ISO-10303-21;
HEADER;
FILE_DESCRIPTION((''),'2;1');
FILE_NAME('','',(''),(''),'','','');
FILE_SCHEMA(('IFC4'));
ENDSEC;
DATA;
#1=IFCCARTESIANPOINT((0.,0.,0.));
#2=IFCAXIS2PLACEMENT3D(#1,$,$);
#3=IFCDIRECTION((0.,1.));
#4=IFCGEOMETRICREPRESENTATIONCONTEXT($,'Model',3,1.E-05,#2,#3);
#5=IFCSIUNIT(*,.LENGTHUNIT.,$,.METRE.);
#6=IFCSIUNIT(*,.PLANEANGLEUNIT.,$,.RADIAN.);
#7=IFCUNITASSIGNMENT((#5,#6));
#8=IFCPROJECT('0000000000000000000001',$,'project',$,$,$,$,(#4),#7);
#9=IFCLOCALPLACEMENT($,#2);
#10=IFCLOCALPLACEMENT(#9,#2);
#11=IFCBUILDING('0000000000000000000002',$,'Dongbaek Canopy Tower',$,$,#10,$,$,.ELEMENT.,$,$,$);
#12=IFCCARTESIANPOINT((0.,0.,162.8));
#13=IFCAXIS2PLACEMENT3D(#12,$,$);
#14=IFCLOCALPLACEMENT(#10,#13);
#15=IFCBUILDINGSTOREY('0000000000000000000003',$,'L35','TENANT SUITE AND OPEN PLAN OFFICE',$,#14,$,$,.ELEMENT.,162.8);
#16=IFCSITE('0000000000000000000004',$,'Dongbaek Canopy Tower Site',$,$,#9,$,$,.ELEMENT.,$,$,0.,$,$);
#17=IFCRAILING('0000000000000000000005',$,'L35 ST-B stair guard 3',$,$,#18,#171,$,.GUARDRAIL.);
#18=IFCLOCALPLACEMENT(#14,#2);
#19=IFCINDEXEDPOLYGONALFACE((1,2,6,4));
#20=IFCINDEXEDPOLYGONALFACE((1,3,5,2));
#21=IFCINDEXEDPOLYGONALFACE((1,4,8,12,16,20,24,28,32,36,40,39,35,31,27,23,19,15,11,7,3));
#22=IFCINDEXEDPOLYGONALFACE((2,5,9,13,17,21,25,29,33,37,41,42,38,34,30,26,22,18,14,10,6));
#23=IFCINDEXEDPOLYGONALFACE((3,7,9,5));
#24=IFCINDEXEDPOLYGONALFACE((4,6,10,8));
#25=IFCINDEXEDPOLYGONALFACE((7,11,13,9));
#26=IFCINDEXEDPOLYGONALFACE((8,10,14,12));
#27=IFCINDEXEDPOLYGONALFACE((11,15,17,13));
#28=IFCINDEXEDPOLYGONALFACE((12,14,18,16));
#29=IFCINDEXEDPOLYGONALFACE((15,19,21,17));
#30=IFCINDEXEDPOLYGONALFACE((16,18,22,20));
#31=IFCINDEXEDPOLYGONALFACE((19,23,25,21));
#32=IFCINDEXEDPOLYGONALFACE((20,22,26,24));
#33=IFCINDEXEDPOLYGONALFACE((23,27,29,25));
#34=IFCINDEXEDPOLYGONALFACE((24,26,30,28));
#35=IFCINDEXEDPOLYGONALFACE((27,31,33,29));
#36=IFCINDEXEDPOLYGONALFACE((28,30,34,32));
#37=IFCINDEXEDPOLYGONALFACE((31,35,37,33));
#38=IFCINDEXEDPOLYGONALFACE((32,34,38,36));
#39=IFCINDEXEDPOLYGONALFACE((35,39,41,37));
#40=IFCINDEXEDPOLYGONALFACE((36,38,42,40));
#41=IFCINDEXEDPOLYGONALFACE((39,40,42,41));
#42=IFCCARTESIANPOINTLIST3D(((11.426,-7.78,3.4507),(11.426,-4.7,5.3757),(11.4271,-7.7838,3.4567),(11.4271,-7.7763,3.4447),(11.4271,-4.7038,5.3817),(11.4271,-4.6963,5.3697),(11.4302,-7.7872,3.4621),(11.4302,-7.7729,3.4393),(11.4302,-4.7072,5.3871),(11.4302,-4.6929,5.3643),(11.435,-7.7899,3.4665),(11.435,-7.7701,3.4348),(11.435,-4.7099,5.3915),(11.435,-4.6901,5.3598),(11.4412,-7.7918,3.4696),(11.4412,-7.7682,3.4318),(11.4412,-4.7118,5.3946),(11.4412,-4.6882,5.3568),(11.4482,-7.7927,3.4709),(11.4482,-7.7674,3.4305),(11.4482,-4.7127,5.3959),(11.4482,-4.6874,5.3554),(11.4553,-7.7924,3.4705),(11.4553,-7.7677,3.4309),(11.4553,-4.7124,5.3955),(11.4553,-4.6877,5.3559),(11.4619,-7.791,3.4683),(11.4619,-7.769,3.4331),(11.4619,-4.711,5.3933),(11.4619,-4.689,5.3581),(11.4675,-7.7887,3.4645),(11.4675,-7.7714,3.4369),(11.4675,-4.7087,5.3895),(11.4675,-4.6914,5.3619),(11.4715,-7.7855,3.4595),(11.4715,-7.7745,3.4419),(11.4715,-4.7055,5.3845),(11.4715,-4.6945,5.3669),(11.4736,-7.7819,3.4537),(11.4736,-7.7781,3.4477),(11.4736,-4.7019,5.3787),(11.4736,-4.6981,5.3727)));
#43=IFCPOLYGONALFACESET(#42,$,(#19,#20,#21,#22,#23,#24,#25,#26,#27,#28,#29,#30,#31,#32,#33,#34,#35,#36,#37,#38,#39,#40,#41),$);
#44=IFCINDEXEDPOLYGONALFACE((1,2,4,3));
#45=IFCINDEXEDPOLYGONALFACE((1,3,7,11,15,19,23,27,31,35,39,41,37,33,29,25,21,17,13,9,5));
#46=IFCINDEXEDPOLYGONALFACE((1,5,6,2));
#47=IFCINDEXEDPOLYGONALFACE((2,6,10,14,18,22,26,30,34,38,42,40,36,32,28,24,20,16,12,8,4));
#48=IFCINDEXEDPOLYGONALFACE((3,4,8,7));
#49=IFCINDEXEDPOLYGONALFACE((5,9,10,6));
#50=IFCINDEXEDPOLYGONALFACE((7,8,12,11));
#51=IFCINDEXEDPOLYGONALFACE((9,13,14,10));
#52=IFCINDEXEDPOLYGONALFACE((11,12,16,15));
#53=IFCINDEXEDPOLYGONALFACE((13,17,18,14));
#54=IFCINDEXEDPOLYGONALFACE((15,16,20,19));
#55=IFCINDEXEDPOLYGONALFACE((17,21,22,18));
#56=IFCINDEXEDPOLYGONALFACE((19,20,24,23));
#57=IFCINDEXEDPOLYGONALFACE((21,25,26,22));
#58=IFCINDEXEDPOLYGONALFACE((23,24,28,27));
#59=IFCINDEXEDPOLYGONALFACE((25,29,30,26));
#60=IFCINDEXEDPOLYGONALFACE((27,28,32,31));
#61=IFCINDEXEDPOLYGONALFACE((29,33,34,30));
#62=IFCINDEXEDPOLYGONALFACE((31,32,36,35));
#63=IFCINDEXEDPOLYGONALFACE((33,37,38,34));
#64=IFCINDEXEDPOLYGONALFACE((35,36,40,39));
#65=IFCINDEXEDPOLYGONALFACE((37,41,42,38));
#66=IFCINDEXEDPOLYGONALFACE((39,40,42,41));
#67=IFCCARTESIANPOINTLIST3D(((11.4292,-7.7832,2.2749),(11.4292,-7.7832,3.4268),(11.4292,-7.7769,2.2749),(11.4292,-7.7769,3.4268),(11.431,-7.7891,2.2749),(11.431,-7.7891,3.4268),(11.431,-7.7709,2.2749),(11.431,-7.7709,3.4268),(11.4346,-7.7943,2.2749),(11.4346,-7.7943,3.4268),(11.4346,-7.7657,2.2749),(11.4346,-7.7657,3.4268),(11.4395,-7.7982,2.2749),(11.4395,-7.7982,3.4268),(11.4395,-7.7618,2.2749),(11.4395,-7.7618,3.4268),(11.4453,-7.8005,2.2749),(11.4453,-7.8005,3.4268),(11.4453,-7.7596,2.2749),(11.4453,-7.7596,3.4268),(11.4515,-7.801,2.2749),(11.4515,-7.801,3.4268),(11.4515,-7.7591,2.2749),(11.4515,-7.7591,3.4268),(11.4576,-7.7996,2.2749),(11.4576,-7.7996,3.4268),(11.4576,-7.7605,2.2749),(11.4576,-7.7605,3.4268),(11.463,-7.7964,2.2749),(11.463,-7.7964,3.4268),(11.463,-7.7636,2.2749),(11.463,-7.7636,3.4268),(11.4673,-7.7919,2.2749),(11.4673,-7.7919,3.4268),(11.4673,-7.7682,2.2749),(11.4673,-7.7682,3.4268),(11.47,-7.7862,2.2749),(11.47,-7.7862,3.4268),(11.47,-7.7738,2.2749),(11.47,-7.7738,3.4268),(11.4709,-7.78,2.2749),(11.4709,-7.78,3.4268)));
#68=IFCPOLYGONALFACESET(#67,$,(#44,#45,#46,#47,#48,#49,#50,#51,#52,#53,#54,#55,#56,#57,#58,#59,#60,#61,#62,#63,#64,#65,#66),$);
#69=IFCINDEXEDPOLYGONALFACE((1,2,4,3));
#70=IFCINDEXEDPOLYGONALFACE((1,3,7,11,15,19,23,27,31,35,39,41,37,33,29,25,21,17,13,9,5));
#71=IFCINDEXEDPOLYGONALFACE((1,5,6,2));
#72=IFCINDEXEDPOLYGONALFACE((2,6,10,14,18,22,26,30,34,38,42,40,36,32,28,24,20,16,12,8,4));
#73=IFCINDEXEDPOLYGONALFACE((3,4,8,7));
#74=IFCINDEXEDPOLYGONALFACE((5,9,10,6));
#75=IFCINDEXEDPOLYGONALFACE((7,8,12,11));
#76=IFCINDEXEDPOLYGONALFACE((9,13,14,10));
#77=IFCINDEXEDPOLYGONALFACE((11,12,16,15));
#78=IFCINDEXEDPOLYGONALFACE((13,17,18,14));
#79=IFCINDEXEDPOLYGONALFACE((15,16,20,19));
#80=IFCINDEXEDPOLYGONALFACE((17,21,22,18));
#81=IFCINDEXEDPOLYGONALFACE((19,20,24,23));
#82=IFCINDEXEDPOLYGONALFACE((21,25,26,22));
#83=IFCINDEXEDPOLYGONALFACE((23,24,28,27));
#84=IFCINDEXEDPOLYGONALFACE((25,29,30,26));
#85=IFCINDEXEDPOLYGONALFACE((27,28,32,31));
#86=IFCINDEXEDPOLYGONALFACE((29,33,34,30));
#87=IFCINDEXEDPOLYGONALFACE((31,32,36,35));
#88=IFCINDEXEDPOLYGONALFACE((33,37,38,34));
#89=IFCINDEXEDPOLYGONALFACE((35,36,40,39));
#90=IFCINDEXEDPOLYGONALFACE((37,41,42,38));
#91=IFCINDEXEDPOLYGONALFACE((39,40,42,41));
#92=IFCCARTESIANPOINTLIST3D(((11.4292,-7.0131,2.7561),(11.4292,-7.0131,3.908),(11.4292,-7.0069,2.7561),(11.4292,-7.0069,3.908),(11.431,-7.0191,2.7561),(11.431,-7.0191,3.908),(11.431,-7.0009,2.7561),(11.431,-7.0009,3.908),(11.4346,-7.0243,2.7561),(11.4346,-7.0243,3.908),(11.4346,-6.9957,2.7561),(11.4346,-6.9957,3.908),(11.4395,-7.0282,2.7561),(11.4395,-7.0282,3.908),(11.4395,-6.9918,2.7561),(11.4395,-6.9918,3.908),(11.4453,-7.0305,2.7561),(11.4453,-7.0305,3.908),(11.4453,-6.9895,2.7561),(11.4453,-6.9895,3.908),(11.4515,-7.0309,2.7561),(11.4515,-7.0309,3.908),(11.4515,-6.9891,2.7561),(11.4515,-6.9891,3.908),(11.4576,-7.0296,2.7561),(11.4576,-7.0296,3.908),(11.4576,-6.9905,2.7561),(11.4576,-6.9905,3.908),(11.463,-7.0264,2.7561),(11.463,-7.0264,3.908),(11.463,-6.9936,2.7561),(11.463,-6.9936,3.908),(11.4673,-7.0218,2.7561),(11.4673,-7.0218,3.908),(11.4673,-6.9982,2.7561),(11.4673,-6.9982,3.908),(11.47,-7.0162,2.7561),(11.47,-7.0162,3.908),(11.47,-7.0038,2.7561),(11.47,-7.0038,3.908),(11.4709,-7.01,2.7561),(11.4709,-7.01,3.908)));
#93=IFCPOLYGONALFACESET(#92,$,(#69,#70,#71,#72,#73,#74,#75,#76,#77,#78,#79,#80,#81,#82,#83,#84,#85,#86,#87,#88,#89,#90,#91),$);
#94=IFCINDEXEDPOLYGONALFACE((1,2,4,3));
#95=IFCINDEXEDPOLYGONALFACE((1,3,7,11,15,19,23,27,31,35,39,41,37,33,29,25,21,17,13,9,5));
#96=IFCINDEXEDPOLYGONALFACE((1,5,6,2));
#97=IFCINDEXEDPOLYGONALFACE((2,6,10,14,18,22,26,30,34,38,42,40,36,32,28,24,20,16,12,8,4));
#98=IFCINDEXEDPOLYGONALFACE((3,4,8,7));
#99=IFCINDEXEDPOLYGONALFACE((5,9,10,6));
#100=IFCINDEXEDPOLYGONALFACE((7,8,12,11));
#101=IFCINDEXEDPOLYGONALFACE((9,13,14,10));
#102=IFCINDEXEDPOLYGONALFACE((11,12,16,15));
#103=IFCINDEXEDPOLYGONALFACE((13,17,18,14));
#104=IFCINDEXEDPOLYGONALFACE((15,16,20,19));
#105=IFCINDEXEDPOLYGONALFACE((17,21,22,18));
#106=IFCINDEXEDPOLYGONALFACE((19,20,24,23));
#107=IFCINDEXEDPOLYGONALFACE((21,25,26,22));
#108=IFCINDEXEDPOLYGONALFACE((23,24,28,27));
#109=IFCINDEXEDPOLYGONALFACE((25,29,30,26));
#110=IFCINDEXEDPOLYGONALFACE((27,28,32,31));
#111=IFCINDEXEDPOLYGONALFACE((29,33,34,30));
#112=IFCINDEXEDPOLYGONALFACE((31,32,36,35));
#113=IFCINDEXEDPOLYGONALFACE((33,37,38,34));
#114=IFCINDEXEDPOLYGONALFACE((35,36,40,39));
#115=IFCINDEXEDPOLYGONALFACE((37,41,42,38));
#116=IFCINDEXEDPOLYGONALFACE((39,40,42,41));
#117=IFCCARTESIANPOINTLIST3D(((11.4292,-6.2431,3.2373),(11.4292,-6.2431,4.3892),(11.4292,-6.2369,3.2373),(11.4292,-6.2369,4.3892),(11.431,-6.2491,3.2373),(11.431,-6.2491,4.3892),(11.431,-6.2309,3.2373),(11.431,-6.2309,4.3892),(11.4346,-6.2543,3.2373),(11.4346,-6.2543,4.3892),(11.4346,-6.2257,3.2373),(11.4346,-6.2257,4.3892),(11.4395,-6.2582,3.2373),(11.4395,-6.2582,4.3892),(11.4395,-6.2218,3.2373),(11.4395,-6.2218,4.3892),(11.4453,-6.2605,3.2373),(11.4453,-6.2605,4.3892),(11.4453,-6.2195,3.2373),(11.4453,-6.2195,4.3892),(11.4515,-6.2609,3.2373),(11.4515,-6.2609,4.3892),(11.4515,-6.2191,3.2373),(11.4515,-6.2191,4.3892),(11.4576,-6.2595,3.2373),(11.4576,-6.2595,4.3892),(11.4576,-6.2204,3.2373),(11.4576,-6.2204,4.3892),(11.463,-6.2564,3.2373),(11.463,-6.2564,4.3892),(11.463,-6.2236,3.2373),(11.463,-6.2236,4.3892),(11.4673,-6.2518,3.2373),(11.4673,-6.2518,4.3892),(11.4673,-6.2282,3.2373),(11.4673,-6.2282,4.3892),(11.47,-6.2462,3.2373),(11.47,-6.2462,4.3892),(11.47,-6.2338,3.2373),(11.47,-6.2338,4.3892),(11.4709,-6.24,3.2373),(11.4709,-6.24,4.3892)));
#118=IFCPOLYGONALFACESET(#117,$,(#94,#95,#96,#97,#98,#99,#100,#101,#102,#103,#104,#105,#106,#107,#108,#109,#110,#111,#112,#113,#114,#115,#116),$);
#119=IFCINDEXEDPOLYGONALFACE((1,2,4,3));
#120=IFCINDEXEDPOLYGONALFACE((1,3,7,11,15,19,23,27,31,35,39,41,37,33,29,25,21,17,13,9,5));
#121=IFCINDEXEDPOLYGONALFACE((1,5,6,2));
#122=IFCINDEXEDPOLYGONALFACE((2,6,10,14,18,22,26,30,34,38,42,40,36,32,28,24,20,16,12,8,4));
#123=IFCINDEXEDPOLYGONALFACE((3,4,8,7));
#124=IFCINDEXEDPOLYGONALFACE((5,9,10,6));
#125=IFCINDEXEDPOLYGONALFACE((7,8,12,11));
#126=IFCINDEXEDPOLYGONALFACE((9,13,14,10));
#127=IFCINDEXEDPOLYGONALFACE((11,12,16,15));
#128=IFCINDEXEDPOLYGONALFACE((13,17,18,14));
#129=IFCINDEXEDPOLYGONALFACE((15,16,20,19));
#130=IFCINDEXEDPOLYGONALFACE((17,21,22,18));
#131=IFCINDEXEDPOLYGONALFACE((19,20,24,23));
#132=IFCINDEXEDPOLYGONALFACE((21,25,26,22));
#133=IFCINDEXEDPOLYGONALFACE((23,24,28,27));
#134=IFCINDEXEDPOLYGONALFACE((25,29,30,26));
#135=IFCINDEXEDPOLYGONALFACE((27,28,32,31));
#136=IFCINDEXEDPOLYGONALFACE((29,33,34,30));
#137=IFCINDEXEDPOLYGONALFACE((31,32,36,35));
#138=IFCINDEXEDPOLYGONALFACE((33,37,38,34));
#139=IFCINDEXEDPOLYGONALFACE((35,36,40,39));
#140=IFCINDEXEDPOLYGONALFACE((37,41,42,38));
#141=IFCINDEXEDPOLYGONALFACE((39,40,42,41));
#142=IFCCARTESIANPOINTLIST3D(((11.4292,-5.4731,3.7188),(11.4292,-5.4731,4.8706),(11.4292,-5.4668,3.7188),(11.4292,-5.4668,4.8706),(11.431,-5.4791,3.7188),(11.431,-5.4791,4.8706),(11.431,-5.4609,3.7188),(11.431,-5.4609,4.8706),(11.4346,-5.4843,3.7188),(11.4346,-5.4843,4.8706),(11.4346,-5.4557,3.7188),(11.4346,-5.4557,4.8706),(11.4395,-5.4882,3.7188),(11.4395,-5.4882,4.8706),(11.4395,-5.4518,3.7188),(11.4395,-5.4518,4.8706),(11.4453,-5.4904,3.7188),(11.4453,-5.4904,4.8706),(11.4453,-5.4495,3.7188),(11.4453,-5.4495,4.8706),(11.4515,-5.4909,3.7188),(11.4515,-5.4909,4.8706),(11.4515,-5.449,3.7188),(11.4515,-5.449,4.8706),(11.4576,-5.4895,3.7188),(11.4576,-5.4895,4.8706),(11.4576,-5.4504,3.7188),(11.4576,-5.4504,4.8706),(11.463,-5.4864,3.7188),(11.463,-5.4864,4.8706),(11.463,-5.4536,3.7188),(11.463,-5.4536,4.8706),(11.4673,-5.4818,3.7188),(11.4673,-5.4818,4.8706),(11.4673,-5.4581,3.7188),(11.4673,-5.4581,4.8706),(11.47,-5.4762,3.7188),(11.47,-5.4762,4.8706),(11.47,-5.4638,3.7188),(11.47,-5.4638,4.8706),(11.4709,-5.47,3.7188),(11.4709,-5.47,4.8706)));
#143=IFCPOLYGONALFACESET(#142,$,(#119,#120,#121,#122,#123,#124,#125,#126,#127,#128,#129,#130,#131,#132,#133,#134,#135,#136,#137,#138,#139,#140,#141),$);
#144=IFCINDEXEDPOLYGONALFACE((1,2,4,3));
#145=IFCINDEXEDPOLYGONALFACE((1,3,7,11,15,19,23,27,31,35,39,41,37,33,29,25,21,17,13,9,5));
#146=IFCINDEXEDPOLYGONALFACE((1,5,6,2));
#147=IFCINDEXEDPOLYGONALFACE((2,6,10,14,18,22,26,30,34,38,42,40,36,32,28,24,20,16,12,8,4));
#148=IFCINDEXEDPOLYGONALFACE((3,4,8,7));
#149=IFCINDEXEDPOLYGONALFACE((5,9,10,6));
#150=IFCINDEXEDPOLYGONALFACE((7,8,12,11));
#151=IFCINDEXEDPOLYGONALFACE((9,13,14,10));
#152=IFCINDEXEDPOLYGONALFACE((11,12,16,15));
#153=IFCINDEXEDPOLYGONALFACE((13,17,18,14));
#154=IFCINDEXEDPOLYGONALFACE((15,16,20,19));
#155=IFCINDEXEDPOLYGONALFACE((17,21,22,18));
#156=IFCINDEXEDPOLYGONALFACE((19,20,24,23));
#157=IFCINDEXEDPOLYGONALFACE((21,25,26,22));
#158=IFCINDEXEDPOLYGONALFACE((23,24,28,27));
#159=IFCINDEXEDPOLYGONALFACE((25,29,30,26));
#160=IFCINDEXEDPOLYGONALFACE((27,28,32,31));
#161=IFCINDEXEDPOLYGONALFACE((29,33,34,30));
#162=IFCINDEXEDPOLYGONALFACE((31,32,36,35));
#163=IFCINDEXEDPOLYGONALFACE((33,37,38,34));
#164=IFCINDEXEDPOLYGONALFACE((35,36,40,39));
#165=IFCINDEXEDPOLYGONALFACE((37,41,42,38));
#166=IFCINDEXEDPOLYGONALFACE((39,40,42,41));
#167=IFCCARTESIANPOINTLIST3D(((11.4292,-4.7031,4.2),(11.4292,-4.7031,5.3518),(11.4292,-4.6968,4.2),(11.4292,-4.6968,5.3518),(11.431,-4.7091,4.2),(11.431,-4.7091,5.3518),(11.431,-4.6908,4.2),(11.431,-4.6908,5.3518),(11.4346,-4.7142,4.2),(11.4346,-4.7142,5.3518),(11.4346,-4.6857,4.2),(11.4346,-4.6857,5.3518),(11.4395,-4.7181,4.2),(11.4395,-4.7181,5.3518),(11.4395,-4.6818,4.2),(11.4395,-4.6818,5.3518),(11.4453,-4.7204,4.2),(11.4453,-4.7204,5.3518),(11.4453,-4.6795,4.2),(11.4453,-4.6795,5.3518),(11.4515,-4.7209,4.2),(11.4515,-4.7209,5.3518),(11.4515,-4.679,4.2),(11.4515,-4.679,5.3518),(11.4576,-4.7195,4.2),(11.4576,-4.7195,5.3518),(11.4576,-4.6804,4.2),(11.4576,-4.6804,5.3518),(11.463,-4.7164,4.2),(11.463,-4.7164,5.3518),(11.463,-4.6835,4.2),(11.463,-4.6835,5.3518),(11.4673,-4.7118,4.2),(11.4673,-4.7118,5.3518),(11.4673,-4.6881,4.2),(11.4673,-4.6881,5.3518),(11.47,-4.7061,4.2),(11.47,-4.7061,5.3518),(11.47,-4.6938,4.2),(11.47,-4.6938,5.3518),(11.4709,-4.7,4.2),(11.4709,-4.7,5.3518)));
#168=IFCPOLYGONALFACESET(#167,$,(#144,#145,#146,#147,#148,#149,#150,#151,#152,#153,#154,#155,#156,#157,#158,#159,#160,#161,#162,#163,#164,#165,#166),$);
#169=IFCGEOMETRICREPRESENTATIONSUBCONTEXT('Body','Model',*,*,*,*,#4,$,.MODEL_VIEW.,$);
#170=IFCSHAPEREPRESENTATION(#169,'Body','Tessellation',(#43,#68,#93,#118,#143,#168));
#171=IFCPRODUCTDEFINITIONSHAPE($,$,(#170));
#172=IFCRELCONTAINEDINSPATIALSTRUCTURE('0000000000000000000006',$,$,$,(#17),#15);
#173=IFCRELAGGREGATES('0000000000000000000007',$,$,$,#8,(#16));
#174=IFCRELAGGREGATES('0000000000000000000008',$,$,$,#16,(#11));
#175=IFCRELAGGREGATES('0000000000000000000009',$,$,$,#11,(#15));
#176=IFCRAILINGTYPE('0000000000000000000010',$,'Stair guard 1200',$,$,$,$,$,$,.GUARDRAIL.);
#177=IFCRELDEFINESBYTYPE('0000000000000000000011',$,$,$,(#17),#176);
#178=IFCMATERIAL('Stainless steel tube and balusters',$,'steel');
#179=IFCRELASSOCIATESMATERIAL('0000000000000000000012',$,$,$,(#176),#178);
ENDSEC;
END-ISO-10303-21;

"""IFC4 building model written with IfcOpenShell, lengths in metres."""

from ifc_helpers import new_model, si_unit, direction, frame, origin, origin_2d, place, context, subcontext, project, spatial, circle, extrude, material, type_object, element, save


model = new_model("IFC4")

# Units and contexts
model_context = context("Model", 3, precision=1e-05, world=origin(), true_north=direction((0.0, 1.0)))
body_context = subcontext(model_context, "Body", "Model", "MODEL_VIEW")
ifc_project = project(units=[si_unit("LENGTHUNIT", "METRE"), si_unit("PLANEANGLEUNIT", "RADIAN")], contexts=[model_context])

# Site, building, storey
site_placement = place(None, origin())
site = spatial("IfcSite", under=ifc_project, at=site_placement, Name="Dongbaek Canopy Tower Site", CompositionType="ELEMENT", RefElevation=0.0)
building_placement = place(site_placement, origin())
building = spatial("IfcBuilding", under=site, at=building_placement, Name="Dongbaek Canopy Tower", CompositionType="ELEMENT")
storey_placement = place(building_placement, frame((0.0, 0.0, 162.8)))
storey = spatial("IfcBuildingStorey", under=building, at=storey_placement, Name="L35", Description="TENANT SUITE AND OPEN PLAN OFFICE", CompositionType="ELEMENT", Elevation=162.8)

# Railing
ifc_material_1 = material(Name="Stainless steel tube and balusters", Category="steel")
railing_type_1 = type_object("IfcRailingType", Name="Stair guard 1200", PredefinedType="GUARDRAIL", material=ifc_material_1)
railing_1_placement = place(storey_placement, frame((11.45, -7.78, 2.2749)))
element("IfcRailing", 1, at=railing_1_placement, inside=storey, type_object=railing_type_1, Name="L35 ST-B stair guard 3", PredefinedType="GUARDRAIL", context=body_context, shape_type="SweptSolid", body=[
    extrude(circle(Radius=0.0239, at=origin_2d()), frame((0.0, 0.0, 1.1758), z_axis=(0.0, 0.847998, 0.529999), x_axis=(-1.0, 0.0, 0.0)), (0.0, 0.0, 1.0), 3.6321),
    extrude(circle(Radius=0.021, at=origin_2d()), origin(), (0.0, 0.0, 1.0), 1.1519),
    extrude(circle(Radius=0.021, at=origin_2d()), frame((0.0, 0.77, 0.4812)), (0.0, 0.0, 1.0), 1.1519),
    extrude(circle(Radius=0.021, at=origin_2d()), frame((0.0, 1.54, 0.9624)), (0.0, 0.0, 1.0), 1.1519),
    extrude(circle(Radius=0.021, at=origin_2d()), frame((0.0, 2.3101, 1.4438)), (0.0, 0.0, 1.0), 1.1519),
    extrude(circle(Radius=0.021, at=origin_2d()), frame((0.0, 3.0801, 1.925)), (0.0, 0.0, 1.0), 1.1519),
])

save(model, "model.ifc")
